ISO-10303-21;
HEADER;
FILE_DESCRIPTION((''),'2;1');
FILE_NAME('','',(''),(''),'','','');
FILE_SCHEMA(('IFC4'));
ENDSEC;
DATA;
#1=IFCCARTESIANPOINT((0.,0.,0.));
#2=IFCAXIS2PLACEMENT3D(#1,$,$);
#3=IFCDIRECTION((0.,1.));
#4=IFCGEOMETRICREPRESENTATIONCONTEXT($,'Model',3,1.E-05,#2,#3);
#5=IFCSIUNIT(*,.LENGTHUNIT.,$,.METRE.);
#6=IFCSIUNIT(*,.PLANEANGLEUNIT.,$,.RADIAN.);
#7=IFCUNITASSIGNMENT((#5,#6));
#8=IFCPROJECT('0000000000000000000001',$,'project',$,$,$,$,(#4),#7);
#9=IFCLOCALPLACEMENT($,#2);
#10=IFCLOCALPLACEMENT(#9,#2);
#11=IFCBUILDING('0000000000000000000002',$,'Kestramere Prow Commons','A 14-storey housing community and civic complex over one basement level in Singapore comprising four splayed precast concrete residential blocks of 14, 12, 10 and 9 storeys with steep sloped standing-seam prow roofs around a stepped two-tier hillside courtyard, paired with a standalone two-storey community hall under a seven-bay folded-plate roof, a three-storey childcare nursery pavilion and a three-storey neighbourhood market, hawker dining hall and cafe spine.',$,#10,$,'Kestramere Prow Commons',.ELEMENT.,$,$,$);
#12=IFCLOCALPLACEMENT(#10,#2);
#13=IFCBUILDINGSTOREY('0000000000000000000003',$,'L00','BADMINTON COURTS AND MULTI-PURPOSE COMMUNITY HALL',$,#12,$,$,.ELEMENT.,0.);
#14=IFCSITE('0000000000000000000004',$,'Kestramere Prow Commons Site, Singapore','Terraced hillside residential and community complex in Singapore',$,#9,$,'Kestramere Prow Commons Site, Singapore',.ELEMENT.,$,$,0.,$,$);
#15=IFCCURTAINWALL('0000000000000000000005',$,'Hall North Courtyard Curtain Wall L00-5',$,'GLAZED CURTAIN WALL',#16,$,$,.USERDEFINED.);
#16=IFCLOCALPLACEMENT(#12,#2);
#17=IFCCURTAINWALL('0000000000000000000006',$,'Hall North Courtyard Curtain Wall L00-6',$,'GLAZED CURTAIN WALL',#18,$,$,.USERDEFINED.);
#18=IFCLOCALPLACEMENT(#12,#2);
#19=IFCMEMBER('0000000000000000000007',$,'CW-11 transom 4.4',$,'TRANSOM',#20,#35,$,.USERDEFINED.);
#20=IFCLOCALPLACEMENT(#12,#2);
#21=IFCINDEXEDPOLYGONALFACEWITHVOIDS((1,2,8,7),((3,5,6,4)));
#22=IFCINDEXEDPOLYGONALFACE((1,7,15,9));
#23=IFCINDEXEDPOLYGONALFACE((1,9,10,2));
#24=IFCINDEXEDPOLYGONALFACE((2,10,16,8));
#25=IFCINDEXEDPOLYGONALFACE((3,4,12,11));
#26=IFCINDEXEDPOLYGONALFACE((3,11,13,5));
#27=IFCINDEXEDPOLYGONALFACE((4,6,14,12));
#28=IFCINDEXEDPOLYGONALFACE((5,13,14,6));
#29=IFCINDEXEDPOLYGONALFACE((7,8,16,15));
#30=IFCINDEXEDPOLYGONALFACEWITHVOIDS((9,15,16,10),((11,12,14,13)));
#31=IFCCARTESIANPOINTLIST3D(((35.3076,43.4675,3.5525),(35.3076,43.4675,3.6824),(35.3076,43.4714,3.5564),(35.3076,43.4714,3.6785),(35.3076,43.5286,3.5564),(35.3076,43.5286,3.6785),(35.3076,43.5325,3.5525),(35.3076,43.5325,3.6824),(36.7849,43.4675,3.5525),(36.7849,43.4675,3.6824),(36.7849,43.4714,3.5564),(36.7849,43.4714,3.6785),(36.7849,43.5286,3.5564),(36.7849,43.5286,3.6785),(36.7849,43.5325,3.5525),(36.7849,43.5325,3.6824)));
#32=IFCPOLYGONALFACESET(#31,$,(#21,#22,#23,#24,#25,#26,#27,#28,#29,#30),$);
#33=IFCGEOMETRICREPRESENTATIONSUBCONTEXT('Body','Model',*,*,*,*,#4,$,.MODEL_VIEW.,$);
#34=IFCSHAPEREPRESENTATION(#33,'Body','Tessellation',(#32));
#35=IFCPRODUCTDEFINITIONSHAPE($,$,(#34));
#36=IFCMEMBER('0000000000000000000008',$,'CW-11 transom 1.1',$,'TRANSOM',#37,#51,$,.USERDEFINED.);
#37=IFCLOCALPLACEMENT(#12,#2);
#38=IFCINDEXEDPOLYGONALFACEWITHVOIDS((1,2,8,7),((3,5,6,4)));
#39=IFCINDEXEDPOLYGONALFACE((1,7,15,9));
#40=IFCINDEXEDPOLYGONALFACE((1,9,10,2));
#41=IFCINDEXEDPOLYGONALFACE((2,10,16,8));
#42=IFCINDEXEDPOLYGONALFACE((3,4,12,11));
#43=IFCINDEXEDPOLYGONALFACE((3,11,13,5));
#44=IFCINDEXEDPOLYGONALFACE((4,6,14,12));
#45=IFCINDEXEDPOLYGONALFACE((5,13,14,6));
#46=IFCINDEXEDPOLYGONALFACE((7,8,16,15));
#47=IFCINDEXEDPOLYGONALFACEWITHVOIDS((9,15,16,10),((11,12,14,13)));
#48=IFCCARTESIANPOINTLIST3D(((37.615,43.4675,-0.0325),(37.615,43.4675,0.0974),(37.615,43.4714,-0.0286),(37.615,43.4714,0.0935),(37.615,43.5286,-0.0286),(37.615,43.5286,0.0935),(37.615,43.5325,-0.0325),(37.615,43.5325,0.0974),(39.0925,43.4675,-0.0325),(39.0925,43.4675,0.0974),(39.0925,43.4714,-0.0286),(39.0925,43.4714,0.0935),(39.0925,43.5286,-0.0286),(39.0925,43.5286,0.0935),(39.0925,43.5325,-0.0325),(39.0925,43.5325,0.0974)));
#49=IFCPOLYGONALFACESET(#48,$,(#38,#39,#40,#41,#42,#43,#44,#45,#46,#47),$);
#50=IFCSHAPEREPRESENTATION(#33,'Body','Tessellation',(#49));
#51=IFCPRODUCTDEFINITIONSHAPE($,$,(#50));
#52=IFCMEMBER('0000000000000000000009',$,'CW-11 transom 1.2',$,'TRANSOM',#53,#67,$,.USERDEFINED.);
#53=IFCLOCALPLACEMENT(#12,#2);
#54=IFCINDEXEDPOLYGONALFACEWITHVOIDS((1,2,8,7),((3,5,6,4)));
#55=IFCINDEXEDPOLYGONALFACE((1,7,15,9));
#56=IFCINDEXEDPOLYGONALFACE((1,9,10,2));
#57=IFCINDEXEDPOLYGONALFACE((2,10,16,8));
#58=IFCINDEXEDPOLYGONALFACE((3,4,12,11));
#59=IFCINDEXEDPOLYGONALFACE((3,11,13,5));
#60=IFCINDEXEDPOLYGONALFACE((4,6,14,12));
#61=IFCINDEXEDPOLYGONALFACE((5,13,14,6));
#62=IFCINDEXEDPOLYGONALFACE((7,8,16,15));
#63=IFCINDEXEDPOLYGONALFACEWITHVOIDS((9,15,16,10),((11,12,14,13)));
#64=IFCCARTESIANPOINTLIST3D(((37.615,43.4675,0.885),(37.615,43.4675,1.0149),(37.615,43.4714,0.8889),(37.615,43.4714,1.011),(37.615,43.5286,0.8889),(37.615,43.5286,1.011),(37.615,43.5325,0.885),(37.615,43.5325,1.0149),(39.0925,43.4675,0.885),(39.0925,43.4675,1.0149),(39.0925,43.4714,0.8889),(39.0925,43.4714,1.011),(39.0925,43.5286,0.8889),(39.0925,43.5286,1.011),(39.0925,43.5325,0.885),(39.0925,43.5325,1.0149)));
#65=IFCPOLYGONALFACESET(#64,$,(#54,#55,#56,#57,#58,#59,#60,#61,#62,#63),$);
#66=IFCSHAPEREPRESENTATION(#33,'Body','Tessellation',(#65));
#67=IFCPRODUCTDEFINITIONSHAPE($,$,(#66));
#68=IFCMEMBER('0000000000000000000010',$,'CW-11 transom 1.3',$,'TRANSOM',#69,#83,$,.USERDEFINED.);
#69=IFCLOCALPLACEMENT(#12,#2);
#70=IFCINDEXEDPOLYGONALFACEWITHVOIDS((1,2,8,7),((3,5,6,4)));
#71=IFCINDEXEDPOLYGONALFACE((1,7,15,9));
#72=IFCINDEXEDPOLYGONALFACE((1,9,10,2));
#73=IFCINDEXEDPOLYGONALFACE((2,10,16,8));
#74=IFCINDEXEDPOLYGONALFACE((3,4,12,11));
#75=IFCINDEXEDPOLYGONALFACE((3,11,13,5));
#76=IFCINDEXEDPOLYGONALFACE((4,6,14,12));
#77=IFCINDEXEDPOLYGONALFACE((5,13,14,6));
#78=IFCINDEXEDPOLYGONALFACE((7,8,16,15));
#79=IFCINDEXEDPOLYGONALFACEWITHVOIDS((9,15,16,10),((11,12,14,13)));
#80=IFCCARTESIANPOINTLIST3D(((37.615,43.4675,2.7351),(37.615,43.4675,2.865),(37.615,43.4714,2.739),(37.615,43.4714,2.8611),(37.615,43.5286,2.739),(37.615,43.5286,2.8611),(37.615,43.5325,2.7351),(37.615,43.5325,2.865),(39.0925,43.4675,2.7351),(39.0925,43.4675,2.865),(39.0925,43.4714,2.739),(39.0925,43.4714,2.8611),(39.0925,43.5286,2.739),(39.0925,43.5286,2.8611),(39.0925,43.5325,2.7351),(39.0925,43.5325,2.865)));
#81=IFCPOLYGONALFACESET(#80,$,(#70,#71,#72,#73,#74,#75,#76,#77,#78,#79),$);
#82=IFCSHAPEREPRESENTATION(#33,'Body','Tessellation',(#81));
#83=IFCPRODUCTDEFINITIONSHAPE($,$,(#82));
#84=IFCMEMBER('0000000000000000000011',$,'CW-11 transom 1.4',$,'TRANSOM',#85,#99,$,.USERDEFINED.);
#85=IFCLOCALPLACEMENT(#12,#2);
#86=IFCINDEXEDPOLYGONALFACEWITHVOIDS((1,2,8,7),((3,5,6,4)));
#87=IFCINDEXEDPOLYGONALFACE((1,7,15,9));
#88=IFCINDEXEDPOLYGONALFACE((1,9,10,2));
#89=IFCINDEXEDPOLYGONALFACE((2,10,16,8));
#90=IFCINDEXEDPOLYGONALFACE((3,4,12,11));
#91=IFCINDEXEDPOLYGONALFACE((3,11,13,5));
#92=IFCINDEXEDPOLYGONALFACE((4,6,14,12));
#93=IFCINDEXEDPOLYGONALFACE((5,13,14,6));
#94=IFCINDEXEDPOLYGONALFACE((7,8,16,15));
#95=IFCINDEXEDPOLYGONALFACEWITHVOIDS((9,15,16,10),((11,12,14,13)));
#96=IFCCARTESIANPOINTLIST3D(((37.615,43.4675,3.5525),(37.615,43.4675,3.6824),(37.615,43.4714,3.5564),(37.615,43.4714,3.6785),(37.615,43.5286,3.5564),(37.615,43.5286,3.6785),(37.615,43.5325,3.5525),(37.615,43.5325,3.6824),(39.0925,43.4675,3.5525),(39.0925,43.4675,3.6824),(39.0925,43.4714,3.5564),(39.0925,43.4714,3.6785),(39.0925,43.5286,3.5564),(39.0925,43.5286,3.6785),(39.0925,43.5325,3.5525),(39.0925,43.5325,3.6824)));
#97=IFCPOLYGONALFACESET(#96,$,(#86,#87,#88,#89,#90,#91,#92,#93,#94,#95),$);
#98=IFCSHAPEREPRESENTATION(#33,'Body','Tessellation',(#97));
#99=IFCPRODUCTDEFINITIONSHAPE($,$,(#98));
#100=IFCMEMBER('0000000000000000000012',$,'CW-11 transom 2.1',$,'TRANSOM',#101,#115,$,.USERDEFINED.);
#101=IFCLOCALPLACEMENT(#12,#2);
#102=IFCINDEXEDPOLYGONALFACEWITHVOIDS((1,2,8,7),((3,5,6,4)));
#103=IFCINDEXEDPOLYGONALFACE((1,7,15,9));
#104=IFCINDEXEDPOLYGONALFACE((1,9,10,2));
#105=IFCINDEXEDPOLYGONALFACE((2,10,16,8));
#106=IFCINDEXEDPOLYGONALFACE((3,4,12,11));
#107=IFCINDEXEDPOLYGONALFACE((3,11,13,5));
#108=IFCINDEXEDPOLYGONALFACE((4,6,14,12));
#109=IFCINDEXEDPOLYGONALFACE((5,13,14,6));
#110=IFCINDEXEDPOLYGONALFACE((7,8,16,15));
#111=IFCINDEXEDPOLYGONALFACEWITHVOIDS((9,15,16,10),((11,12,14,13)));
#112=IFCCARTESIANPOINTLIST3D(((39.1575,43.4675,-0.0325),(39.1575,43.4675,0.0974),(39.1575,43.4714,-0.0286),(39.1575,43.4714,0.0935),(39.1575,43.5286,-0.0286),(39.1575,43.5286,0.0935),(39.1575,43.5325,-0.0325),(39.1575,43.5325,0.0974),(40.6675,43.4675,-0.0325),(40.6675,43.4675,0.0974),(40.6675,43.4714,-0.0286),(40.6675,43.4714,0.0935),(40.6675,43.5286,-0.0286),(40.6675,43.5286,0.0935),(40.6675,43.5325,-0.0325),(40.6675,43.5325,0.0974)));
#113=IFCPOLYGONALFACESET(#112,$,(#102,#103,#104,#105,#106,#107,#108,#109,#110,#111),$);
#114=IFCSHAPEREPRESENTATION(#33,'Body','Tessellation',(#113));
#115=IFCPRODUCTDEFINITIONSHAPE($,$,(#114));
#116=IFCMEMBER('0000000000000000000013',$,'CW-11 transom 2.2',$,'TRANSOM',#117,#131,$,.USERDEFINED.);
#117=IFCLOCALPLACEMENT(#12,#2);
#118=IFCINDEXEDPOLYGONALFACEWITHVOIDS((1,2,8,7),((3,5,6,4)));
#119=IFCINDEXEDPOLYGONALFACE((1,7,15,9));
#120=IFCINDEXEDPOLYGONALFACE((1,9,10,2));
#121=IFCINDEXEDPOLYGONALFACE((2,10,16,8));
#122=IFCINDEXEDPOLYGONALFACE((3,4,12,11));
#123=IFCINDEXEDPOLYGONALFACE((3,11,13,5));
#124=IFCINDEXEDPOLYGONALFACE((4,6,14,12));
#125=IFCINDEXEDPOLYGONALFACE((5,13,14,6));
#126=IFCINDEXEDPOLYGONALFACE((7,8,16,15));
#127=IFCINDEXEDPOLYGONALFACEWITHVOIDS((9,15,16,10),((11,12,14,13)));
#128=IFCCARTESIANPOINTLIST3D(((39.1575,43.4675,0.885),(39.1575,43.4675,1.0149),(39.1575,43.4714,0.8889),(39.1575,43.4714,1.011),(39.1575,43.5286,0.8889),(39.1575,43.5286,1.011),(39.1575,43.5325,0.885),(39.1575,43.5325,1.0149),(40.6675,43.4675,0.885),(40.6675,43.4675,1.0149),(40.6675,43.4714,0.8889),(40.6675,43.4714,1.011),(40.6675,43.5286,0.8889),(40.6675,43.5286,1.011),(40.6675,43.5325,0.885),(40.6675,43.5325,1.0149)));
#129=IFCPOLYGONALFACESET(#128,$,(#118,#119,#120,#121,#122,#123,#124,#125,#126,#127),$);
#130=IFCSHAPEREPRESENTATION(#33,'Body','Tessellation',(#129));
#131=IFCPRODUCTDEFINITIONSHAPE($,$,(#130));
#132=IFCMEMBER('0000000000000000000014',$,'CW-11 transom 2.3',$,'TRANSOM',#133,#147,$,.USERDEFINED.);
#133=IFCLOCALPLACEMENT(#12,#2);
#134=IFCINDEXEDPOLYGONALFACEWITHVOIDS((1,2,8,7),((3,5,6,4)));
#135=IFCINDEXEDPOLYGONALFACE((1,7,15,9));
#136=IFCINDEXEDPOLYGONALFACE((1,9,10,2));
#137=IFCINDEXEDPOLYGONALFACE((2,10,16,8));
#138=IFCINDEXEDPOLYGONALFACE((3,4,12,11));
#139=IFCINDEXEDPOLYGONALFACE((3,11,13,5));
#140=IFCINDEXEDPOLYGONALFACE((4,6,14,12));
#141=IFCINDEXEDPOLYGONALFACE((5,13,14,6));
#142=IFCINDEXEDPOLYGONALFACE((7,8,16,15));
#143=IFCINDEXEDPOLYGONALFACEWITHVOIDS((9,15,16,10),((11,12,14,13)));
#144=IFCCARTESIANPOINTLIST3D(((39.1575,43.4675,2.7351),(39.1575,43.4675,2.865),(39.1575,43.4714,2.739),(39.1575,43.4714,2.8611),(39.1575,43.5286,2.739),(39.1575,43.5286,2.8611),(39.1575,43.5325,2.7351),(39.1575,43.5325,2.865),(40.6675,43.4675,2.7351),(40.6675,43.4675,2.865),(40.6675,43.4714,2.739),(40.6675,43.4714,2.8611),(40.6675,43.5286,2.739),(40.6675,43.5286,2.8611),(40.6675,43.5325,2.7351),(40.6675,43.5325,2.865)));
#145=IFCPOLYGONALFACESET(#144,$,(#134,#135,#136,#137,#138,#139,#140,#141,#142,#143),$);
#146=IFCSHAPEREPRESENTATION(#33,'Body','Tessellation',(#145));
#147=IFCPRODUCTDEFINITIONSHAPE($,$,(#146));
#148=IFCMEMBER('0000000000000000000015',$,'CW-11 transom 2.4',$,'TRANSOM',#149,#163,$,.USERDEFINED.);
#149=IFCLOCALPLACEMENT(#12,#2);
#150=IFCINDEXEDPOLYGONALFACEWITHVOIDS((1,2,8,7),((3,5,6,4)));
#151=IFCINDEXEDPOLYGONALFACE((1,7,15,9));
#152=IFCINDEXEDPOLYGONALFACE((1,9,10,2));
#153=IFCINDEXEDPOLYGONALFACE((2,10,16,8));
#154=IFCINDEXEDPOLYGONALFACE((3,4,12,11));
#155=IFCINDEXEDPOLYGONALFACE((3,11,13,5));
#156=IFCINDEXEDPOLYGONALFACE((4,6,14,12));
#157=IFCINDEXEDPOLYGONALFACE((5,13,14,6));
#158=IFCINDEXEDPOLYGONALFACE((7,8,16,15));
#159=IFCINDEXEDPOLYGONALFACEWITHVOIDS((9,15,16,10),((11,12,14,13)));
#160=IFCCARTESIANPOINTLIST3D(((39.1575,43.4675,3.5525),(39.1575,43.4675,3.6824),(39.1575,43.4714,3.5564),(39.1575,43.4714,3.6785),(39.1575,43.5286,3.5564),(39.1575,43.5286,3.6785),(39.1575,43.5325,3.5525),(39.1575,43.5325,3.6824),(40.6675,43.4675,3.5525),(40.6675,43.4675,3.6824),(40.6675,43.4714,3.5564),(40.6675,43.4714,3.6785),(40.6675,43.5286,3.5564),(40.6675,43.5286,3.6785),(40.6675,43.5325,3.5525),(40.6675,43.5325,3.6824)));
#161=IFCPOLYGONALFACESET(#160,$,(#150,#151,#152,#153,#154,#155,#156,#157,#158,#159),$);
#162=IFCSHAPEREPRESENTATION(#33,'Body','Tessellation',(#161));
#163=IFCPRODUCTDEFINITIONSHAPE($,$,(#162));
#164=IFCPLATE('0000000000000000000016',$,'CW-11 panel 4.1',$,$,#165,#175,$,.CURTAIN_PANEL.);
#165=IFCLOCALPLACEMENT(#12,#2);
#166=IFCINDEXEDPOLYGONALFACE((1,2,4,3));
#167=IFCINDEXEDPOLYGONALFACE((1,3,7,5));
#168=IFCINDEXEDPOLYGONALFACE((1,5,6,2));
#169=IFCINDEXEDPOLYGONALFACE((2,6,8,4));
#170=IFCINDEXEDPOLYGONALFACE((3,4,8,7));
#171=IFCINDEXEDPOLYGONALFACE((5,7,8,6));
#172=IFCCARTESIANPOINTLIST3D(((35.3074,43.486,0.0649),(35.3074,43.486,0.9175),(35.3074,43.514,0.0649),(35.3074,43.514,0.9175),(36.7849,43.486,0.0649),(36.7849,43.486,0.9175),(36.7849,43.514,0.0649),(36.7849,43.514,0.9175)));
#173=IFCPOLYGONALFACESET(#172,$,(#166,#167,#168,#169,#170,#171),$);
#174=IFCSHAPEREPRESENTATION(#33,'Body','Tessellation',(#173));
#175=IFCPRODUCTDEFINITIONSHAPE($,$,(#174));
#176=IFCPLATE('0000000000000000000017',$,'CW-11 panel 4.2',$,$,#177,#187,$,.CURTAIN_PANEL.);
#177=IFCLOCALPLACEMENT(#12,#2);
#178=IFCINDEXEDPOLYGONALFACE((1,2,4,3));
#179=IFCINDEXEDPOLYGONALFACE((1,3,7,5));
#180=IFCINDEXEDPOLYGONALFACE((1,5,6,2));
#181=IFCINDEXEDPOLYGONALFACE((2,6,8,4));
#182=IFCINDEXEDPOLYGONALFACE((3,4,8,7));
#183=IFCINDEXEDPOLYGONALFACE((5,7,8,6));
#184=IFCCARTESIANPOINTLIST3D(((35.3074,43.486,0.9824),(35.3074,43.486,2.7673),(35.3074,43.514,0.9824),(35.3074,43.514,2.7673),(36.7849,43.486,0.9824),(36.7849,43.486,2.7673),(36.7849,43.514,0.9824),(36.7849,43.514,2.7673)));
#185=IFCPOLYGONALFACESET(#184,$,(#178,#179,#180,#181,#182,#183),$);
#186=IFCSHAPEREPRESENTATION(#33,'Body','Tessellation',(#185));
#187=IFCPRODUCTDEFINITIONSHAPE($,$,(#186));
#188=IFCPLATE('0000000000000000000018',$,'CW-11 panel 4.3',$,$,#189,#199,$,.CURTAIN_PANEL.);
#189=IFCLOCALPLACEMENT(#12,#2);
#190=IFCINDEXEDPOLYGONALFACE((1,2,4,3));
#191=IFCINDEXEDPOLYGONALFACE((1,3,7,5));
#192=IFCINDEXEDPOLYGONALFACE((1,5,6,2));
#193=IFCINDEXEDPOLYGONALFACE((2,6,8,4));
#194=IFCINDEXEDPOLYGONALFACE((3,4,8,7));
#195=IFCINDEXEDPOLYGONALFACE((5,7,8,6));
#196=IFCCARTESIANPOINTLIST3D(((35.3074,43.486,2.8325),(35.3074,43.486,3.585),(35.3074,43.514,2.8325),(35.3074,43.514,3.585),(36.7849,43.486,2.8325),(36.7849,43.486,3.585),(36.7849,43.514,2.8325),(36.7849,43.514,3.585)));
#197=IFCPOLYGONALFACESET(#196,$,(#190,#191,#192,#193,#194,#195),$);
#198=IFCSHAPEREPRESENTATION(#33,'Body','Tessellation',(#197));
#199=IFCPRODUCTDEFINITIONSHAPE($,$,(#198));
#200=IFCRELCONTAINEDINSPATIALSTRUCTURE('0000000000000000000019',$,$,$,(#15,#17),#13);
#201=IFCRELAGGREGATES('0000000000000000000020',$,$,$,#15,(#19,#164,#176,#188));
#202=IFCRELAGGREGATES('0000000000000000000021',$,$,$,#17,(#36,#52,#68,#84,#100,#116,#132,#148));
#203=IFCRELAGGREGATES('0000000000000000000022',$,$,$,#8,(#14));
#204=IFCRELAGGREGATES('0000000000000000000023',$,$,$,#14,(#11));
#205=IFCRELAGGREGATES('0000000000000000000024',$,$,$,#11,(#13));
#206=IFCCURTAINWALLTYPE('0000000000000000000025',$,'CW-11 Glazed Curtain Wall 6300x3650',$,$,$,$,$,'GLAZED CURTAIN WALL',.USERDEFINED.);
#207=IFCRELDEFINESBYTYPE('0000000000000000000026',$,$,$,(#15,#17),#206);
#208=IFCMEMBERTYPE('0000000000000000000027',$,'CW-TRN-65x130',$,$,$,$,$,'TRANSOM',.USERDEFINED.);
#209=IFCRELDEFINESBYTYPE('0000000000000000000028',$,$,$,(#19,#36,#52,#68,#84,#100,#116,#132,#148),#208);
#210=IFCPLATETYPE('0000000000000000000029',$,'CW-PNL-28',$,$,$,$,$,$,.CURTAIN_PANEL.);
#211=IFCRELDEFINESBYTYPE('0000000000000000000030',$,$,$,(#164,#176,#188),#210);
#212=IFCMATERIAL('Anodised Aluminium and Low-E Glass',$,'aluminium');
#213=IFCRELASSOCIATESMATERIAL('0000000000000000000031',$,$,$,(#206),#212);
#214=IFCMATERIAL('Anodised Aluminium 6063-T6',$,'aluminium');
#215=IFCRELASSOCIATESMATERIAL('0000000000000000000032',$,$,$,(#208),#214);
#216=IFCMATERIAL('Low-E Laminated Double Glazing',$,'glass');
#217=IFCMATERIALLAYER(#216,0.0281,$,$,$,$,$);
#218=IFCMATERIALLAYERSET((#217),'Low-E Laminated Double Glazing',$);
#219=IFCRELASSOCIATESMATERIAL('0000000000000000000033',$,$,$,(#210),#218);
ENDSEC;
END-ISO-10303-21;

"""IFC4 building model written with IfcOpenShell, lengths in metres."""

from ifc_helpers import new_model, si_unit, direction, frame, origin, origin_2d, place, context, subcontext, project, spatial, rectangle, hollow_rectangle, extrude, material, layer, layer_set, material_profile, profile_set, type_object, element, aggregate, save


model = new_model("IFC4")

# Units and contexts
model_context = context("Model", 3, precision=1e-05, world=origin(), true_north=direction((0.0, 1.0)))
body_context = subcontext(model_context, "Body", "Model", "MODEL_VIEW")
ifc_project = project(units=[si_unit("LENGTHUNIT", "METRE"), si_unit("PLANEANGLEUNIT", "RADIAN")], contexts=[model_context])

# Site, building, storey
site_placement = place(None, origin())
site = spatial("IfcSite", under=ifc_project, at=site_placement, Name="Kestramere Prow Commons Site, Singapore", Description="Terraced hillside residential and community complex in Singapore", LongName="Kestramere Prow Commons Site, Singapore", CompositionType="ELEMENT", RefElevation=0.0)
building_placement = place(site_placement, origin())
building = spatial("IfcBuilding", under=site, at=building_placement, Name="Kestramere Prow Commons", Description="A 14-storey housing community and civic complex over one basement level in Singapore comprising four splayed precast concrete residential blocks of 14, 12, 10 and 9 storeys with steep sloped standing-seam prow roofs around a stepped two-tier hillside courtyard, paired with a standalone two-storey community hall under a seven-bay folded-plate roof, a three-storey childcare nursery pavilion and a three-storey neighbourhood market, hawker dining hall and cafe spine.", LongName="Kestramere Prow Commons", CompositionType="ELEMENT")
storey_placement = place(building_placement, origin())
storey = spatial("IfcBuildingStorey", under=building, at=storey_placement, Name="L00", Description="BADMINTON COURTS AND MULTI-PURPOSE COMMUNITY HALL", CompositionType="ELEMENT", Elevation=0.0)

# Curtain walls
ifc_material_1 = material(Name="Anodised Aluminium and Low-E Glass", Category="aluminium")
curtain_wall_type = type_object("IfcCurtainWallType", Name="CW-11 Glazed Curtain Wall 6300x3650", ElementType="GLAZED CURTAIN WALL", PredefinedType="USERDEFINED", material=ifc_material_1)
curtain_wall_1_placement = place(storey_placement, origin())
curtain_wall_1 = element("IfcCurtainWall", 1, at=curtain_wall_1_placement, inside=storey, type_object=curtain_wall_type, Name="Hall North Courtyard Curtain Wall L00-5", ObjectType="GLAZED CURTAIN WALL", PredefinedType="USERDEFINED")
ifc_material_2 = material(Name="Anodised Aluminium 6063-T6", Category="aluminium")
curtain_wall_2_placement = place(storey_placement, origin())
curtain_wall_2 = element("IfcCurtainWall", 2, at=curtain_wall_2_placement, inside=storey, type_object=curtain_wall_type, Name="Hall North Courtyard Curtain Wall L00-6", ObjectType="GLAZED CURTAIN WALL", PredefinedType="USERDEFINED")

# Members
ifc_material_profile_1 = material_profile(ifc_material_2, hollow_rectangle(XDim=0.0649, YDim=0.1299, WallThickness=0.0039, at=origin_2d()), Name="ALU-TRN 65x130")
ifc_profile_set_1 = profile_set([ifc_material_profile_1], Name="Anodised Aluminium 6063-T6")
member_type_1 = type_object("IfcMemberType", Name="CW-TRN-65x130", ElementType="TRANSOM", PredefinedType="USERDEFINED", material=ifc_profile_set_1)
member_1_placement = place(storey_placement, frame((35.3076, 43.5, 3.6174), z_axis=(1.0, 0.0, 0.0), x_axis=(0.0, 1.0, 0.0)))
member_1 = element("IfcMember", 3, at=member_1_placement, type_object=member_type_1, Name="CW-11 transom 4.4", ObjectType="TRANSOM", PredefinedType="USERDEFINED", context=body_context, shape_type="SweptSolid", body=[
    extrude(hollow_rectangle(XDim=0.0649, YDim=0.1299, WallThickness=0.0039, at=origin_2d()), origin(), (0.0, 0.0, 1.0), 1.4773),
])
member_2_placement = place(storey_placement, frame((37.615, 43.5, 0.0325), z_axis=(1.0, 0.0, 0.0), x_axis=(0.0, 1.0, 0.0)))
member_2 = element("IfcMember", 4, at=member_2_placement, type_object=member_type_1, Name="CW-11 transom 1.1", ObjectType="TRANSOM", PredefinedType="USERDEFINED", context=body_context, shape_type="SweptSolid", body=[
    extrude(hollow_rectangle(XDim=0.0649, YDim=0.1299, WallThickness=0.0039, at=origin_2d()), origin(), (0.0, 0.0, 1.0), 1.4775),
])
member_3_placement = place(storey_placement, frame((37.615, 43.5, 0.95), z_axis=(1.0, 0.0, 0.0), x_axis=(0.0, 1.0, 0.0)))
member_3 = element("IfcMember", 5, at=member_3_placement, type_object=member_type_1, Name="CW-11 transom 1.2", ObjectType="TRANSOM", PredefinedType="USERDEFINED", context=body_context, shape_type="SweptSolid", body=[
    extrude(hollow_rectangle(XDim=0.0649, YDim=0.1299, WallThickness=0.0039, at=origin_2d()), origin(), (0.0, 0.0, 1.0), 1.4775),
])
member_4_placement = place(storey_placement, frame((37.615, 43.5, 2.8), z_axis=(1.0, 0.0, 0.0), x_axis=(0.0, 1.0, 0.0)))
member_4 = element("IfcMember", 6, at=member_4_placement, type_object=member_type_1, Name="CW-11 transom 1.3", ObjectType="TRANSOM", PredefinedType="USERDEFINED", context=body_context, shape_type="SweptSolid", body=[
    extrude(hollow_rectangle(XDim=0.0649, YDim=0.1299, WallThickness=0.0039, at=origin_2d()), origin(), (0.0, 0.0, 1.0), 1.4775),
])
member_5_placement = place(storey_placement, frame((37.615, 43.5, 3.6174), z_axis=(1.0, 0.0, 0.0), x_axis=(0.0, 1.0, 0.0)))
member_5 = element("IfcMember", 7, at=member_5_placement, type_object=member_type_1, Name="CW-11 transom 1.4", ObjectType="TRANSOM", PredefinedType="USERDEFINED", context=body_context, shape_type="SweptSolid", body=[
    extrude(hollow_rectangle(XDim=0.0649, YDim=0.1299, WallThickness=0.0039, at=origin_2d()), origin(), (0.0, 0.0, 1.0), 1.4775),
])
member_6_placement = place(storey_placement, frame((39.1575, 43.5, 0.0325), z_axis=(1.0, 0.0, 0.0), x_axis=(0.0, 1.0, 0.0)))
member_6 = element("IfcMember", 8, at=member_6_placement, type_object=member_type_1, Name="CW-11 transom 2.1", ObjectType="TRANSOM", PredefinedType="USERDEFINED", context=body_context, shape_type="SweptSolid", body=[
    extrude(hollow_rectangle(XDim=0.0649, YDim=0.1299, WallThickness=0.0039, at=origin_2d()), origin(), (0.0, 0.0, 1.0), 1.51),
])
member_7_placement = place(storey_placement, frame((39.1575, 43.5, 0.95), z_axis=(1.0, 0.0, 0.0), x_axis=(0.0, 1.0, 0.0)))
member_7 = element("IfcMember", 9, at=member_7_placement, type_object=member_type_1, Name="CW-11 transom 2.2", ObjectType="TRANSOM", PredefinedType="USERDEFINED", context=body_context, shape_type="SweptSolid", body=[
    extrude(hollow_rectangle(XDim=0.0649, YDim=0.1299, WallThickness=0.0039, at=origin_2d()), origin(), (0.0, 0.0, 1.0), 1.51),
])
member_8_placement = place(storey_placement, frame((39.1575, 43.5, 2.8), z_axis=(1.0, 0.0, 0.0), x_axis=(0.0, 1.0, 0.0)))
member_8 = element("IfcMember", 10, at=member_8_placement, type_object=member_type_1, Name="CW-11 transom 2.3", ObjectType="TRANSOM", PredefinedType="USERDEFINED", context=body_context, shape_type="SweptSolid", body=[
    extrude(hollow_rectangle(XDim=0.0649, YDim=0.1299, WallThickness=0.0039, at=origin_2d()), origin(), (0.0, 0.0, 1.0), 1.51),
])
member_9_placement = place(storey_placement, frame((39.1575, 43.5, 3.6174), z_axis=(1.0, 0.0, 0.0), x_axis=(0.0, 1.0, 0.0)))
member_9 = element("IfcMember", 11, at=member_9_placement, type_object=member_type_1, Name="CW-11 transom 2.4", ObjectType="TRANSOM", PredefinedType="USERDEFINED", context=body_context, shape_type="SweptSolid", body=[
    extrude(hollow_rectangle(XDim=0.0649, YDim=0.1299, WallThickness=0.0039, at=origin_2d()), origin(), (0.0, 0.0, 1.0), 1.51),
])

# Plates
ifc_material_3 = material(Name="Low-E Laminated Double Glazing", Category="glass")
ifc_layer_1 = layer(ifc_material_3, 0.0281)
ifc_layer_set_1 = layer_set([ifc_layer_1], Name="Low-E Laminated Double Glazing")
plate_type_1 = type_object("IfcPlateType", Name="CW-PNL-28", PredefinedType="CURTAIN_PANEL", material=ifc_layer_set_1)
plate_1_placement = place(storey_placement, frame((36.0461, 43.5, 0.0649), z_axis=(0.0, 0.0, 1.0), x_axis=(1.0, 0.0, 0.0)))
plate_1 = element("IfcPlate", 12, at=plate_1_placement, type_object=plate_type_1, Name="CW-11 panel 4.1", PredefinedType="CURTAIN_PANEL", context=body_context, shape_type="SweptSolid", body=[
    extrude(rectangle(XDim=1.4775, YDim=0.0281, at=origin_2d()), origin(), (0.0, 0.0, 1.0), 0.8525),
])
plate_2_placement = place(storey_placement, frame((36.0461, 43.5, 0.9824), z_axis=(0.0, 0.0, 1.0), x_axis=(1.0, 0.0, 0.0)))
plate_2 = element("IfcPlate", 13, at=plate_2_placement, type_object=plate_type_1, Name="CW-11 panel 4.2", PredefinedType="CURTAIN_PANEL", context=body_context, shape_type="SweptSolid", body=[
    extrude(rectangle(XDim=1.4775, YDim=0.0281, at=origin_2d()), origin(), (0.0, 0.0, 1.0), 1.7849),
])
plate_3_placement = place(storey_placement, frame((36.0461, 43.5, 2.8325), z_axis=(0.0, 0.0, 1.0), x_axis=(1.0, 0.0, 0.0)))
plate_3 = element("IfcPlate", 14, at=plate_3_placement, type_object=plate_type_1, Name="CW-11 panel 4.3", PredefinedType="CURTAIN_PANEL", context=body_context, shape_type="SweptSolid", body=[
    extrude(rectangle(XDim=1.4775, YDim=0.0281, at=origin_2d()), origin(), (0.0, 0.0, 1.0), 0.7524),
])
aggregate(curtain_wall_1, [member_1, plate_1, plate_2, plate_3])
aggregate(curtain_wall_2, [member_2, member_3, member_4, member_5, member_6, member_7, member_8, member_9])

save(model, "model.ifc")
